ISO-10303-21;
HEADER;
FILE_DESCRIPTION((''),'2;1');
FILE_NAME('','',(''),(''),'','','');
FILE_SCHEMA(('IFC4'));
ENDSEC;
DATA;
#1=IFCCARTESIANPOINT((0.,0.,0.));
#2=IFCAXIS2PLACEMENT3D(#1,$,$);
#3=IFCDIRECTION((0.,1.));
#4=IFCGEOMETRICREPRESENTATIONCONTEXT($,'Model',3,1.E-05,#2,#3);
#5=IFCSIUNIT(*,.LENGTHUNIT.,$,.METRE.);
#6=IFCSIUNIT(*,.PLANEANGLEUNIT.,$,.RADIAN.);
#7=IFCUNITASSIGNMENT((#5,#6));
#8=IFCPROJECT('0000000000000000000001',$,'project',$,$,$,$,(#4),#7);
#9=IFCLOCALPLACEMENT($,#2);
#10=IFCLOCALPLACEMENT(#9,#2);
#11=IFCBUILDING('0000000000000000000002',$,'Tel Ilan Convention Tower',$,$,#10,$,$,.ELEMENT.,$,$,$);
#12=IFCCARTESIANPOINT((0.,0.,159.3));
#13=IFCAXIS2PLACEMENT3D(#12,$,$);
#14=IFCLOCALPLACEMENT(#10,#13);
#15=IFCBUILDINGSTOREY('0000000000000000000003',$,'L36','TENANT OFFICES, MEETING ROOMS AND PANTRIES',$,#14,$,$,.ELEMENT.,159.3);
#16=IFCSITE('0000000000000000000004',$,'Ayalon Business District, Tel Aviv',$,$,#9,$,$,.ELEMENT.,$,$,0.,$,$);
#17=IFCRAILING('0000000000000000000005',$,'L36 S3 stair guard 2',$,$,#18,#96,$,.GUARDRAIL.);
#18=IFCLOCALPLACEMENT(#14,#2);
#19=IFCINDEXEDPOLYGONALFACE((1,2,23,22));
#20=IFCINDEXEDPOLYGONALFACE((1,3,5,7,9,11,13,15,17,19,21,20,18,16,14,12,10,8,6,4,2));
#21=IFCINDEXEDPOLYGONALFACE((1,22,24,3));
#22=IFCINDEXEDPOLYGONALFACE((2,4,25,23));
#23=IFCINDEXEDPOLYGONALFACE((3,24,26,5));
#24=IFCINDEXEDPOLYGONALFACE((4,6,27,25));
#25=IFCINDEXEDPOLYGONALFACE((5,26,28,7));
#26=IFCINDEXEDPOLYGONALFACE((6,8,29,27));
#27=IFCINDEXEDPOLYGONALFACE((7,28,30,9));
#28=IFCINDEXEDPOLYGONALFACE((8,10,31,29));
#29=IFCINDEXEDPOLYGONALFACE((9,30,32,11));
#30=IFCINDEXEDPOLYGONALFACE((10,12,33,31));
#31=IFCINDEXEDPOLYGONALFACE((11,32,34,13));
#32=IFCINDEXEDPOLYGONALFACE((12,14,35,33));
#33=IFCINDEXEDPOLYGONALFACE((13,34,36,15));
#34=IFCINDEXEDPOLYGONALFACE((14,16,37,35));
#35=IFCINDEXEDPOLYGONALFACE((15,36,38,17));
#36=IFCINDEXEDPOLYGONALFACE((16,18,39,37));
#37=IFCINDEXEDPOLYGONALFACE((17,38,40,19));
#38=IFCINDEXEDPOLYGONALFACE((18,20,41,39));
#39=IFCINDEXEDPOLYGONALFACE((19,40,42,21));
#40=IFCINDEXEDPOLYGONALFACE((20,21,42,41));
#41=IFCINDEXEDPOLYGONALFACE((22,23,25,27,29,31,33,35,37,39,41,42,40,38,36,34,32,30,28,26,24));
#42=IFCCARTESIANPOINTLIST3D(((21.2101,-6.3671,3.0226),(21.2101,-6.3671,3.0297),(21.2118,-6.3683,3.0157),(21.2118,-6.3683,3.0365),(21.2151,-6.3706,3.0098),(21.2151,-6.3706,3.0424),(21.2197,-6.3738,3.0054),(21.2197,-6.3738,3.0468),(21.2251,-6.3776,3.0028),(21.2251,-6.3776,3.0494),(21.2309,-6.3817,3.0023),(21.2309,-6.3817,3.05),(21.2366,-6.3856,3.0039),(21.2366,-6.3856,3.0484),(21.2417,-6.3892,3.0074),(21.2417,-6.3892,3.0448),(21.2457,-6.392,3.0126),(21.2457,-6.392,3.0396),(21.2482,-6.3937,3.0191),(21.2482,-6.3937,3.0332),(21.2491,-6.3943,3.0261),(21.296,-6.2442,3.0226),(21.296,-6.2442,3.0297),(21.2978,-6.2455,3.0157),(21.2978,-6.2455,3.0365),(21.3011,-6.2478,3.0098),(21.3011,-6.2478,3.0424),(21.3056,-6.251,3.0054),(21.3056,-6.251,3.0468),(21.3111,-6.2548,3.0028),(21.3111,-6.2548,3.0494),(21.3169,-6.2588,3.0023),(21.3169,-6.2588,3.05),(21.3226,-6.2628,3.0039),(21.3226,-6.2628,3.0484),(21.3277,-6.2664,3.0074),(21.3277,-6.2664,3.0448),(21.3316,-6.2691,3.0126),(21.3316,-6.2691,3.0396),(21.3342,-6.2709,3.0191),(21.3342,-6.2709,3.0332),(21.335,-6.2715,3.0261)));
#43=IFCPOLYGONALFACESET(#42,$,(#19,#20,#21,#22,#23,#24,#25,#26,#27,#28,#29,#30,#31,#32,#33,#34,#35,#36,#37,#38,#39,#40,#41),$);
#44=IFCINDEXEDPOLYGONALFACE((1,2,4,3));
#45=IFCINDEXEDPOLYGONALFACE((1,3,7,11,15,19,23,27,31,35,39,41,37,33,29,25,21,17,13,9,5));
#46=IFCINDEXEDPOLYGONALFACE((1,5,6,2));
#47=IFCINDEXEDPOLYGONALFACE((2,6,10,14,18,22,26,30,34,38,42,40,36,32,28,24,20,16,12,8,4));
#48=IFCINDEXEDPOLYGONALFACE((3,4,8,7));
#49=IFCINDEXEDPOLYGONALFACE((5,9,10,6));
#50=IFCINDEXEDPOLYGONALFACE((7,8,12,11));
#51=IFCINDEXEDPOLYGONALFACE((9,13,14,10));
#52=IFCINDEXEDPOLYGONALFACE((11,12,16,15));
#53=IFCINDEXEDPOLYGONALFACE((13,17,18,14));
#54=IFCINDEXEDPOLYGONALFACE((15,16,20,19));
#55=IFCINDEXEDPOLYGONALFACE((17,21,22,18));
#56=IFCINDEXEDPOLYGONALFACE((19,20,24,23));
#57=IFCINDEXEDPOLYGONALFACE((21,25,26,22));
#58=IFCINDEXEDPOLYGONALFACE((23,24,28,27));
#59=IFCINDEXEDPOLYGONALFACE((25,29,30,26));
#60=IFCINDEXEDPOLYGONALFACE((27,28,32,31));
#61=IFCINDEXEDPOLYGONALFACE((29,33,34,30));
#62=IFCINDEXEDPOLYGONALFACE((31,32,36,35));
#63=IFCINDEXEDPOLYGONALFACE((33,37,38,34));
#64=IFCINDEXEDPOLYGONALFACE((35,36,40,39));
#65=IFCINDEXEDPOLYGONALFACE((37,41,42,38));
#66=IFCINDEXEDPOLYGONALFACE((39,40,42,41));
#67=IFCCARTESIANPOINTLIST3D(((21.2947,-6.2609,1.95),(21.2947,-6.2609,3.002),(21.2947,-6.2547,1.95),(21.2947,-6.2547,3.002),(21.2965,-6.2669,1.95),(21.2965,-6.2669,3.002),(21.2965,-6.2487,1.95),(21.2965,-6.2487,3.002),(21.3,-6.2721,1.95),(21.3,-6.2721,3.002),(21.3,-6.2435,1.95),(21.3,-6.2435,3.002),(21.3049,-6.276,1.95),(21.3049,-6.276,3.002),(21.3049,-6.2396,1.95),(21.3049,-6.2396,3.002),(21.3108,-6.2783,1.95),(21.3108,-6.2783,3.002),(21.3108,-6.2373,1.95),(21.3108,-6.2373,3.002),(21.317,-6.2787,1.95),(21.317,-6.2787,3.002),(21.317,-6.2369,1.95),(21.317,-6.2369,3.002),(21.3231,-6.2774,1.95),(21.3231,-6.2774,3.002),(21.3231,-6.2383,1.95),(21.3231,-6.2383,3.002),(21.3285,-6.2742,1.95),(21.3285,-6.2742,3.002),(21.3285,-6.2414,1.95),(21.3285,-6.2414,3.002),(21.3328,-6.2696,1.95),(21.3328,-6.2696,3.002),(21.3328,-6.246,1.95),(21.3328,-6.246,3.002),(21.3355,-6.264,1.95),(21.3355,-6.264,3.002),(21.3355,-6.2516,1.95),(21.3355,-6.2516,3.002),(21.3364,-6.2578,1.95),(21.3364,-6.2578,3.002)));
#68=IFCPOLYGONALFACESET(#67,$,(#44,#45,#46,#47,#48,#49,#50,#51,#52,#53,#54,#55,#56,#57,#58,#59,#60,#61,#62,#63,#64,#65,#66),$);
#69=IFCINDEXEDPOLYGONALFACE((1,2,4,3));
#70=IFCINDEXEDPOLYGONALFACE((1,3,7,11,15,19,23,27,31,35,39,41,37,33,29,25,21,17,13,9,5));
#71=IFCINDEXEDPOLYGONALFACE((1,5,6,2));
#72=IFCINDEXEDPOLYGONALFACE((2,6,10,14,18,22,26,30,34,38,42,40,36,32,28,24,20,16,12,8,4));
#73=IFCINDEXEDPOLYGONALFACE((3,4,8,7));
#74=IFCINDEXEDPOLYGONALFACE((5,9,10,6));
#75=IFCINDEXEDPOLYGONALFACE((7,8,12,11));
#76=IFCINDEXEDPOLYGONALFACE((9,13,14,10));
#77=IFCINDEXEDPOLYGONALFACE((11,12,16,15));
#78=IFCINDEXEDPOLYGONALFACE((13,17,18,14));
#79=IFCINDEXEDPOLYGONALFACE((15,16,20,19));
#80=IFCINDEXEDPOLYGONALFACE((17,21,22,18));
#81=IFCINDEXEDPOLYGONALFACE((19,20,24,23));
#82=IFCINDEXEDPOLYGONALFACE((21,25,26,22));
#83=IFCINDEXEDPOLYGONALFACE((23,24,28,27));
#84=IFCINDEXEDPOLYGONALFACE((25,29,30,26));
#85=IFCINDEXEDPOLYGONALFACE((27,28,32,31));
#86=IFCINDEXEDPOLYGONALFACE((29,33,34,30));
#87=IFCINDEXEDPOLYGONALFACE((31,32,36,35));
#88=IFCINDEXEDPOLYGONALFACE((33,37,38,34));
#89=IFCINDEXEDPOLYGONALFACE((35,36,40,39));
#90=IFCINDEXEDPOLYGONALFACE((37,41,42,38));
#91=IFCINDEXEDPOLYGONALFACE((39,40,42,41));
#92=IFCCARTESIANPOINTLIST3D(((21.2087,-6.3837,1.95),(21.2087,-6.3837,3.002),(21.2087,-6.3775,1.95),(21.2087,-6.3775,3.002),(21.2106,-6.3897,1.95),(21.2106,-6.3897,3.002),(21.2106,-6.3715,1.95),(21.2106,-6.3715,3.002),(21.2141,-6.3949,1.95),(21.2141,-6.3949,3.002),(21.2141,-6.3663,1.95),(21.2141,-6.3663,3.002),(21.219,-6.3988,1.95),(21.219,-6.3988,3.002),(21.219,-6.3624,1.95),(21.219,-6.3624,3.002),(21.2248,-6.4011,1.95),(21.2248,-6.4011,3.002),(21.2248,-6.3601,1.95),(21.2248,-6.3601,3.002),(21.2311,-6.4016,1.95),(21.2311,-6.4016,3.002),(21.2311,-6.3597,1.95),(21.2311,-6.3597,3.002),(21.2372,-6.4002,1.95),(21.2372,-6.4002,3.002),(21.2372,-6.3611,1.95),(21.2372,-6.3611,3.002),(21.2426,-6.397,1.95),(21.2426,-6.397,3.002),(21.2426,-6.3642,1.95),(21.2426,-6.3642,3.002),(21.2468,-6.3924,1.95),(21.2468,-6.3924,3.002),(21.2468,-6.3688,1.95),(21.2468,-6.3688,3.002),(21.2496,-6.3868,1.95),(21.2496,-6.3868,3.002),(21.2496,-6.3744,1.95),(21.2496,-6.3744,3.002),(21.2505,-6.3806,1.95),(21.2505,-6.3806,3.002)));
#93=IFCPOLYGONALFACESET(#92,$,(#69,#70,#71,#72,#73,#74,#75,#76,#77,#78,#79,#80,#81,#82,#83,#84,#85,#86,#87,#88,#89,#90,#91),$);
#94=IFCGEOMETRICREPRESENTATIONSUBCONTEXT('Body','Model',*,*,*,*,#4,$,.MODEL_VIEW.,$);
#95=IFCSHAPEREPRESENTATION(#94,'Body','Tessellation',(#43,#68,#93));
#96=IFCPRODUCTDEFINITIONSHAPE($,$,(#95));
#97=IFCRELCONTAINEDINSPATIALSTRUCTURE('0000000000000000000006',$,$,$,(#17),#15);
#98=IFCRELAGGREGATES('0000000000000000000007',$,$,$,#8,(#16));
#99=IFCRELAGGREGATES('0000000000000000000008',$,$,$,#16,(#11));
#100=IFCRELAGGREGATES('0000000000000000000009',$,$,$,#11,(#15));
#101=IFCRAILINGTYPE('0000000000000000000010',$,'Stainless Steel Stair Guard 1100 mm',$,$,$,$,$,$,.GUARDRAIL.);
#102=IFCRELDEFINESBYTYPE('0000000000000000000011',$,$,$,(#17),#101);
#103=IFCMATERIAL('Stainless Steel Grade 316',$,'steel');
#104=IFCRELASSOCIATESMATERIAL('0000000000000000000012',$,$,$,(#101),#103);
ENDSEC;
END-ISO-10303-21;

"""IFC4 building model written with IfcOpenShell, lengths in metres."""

from ifc_helpers import new_model, si_unit, direction, frame, origin, origin_2d, place, context, subcontext, project, spatial, circle, extrude, material, type_object, element, save


model = new_model("IFC4")

# Units and contexts
model_context = context("Model", 3, precision=1e-05, world=origin(), true_north=direction((0.0, 1.0)))
body_context = subcontext(model_context, "Body", "Model", "MODEL_VIEW")
ifc_project = project(units=[si_unit("LENGTHUNIT", "METRE"), si_unit("PLANEANGLEUNIT", "RADIAN")], contexts=[model_context])

# Site, building, storey
site_placement = place(None, origin())
site = spatial("IfcSite", under=ifc_project, at=site_placement, Name="Ayalon Business District, Tel Aviv", CompositionType="ELEMENT", RefElevation=0.0)
building_placement = place(site_placement, origin())
building = spatial("IfcBuilding", under=site, at=building_placement, Name="Tel Ilan Convention Tower", CompositionType="ELEMENT")
storey_placement = place(building_placement, frame((0.0, 0.0, 159.3)))
storey = spatial("IfcBuildingStorey", under=building, at=storey_placement, Name="L36", Description="TENANT OFFICES, MEETING ROOMS AND PANTRIES", CompositionType="ELEMENT", Elevation=159.3)

# Railing
ifc_material_1 = material(Name="Stainless Steel Grade 316", Category="steel")
railing_type_1 = type_object("IfcRailingType", Name="Stainless Steel Stair Guard 1100 mm", PredefinedType="GUARDRAIL", material=ifc_material_1)
railing_1_placement = place(storey_placement, frame((21.3154, -6.2578, 1.95)))
element("IfcRailing", 1, at=railing_1_placement, inside=storey, type_object=railing_type_1, Name="L36 S3 stair guard 2", PredefinedType="GUARDRAIL", context=body_context, shape_type="SweptSolid", body=[
    extrude(circle(Radius=0.0239, at=origin_2d()), frame((0.0, 0.0, 1.0762), z_axis=(-0.573353, -0.819308, 0.0), x_axis=(0.819308, -0.573353, 0.0)), (0.0, 0.0, 1.0), 0.1499),
    extrude(circle(Radius=0.021, at=origin_2d()), origin(), (0.0, 0.0, 1.0), 1.052),
    extrude(circle(Radius=0.021, at=origin_2d()), frame((-0.0859, -0.1228, 0.0)), (0.0, 0.0, 1.0), 1.052),
])

save(model, "model.ifc")
